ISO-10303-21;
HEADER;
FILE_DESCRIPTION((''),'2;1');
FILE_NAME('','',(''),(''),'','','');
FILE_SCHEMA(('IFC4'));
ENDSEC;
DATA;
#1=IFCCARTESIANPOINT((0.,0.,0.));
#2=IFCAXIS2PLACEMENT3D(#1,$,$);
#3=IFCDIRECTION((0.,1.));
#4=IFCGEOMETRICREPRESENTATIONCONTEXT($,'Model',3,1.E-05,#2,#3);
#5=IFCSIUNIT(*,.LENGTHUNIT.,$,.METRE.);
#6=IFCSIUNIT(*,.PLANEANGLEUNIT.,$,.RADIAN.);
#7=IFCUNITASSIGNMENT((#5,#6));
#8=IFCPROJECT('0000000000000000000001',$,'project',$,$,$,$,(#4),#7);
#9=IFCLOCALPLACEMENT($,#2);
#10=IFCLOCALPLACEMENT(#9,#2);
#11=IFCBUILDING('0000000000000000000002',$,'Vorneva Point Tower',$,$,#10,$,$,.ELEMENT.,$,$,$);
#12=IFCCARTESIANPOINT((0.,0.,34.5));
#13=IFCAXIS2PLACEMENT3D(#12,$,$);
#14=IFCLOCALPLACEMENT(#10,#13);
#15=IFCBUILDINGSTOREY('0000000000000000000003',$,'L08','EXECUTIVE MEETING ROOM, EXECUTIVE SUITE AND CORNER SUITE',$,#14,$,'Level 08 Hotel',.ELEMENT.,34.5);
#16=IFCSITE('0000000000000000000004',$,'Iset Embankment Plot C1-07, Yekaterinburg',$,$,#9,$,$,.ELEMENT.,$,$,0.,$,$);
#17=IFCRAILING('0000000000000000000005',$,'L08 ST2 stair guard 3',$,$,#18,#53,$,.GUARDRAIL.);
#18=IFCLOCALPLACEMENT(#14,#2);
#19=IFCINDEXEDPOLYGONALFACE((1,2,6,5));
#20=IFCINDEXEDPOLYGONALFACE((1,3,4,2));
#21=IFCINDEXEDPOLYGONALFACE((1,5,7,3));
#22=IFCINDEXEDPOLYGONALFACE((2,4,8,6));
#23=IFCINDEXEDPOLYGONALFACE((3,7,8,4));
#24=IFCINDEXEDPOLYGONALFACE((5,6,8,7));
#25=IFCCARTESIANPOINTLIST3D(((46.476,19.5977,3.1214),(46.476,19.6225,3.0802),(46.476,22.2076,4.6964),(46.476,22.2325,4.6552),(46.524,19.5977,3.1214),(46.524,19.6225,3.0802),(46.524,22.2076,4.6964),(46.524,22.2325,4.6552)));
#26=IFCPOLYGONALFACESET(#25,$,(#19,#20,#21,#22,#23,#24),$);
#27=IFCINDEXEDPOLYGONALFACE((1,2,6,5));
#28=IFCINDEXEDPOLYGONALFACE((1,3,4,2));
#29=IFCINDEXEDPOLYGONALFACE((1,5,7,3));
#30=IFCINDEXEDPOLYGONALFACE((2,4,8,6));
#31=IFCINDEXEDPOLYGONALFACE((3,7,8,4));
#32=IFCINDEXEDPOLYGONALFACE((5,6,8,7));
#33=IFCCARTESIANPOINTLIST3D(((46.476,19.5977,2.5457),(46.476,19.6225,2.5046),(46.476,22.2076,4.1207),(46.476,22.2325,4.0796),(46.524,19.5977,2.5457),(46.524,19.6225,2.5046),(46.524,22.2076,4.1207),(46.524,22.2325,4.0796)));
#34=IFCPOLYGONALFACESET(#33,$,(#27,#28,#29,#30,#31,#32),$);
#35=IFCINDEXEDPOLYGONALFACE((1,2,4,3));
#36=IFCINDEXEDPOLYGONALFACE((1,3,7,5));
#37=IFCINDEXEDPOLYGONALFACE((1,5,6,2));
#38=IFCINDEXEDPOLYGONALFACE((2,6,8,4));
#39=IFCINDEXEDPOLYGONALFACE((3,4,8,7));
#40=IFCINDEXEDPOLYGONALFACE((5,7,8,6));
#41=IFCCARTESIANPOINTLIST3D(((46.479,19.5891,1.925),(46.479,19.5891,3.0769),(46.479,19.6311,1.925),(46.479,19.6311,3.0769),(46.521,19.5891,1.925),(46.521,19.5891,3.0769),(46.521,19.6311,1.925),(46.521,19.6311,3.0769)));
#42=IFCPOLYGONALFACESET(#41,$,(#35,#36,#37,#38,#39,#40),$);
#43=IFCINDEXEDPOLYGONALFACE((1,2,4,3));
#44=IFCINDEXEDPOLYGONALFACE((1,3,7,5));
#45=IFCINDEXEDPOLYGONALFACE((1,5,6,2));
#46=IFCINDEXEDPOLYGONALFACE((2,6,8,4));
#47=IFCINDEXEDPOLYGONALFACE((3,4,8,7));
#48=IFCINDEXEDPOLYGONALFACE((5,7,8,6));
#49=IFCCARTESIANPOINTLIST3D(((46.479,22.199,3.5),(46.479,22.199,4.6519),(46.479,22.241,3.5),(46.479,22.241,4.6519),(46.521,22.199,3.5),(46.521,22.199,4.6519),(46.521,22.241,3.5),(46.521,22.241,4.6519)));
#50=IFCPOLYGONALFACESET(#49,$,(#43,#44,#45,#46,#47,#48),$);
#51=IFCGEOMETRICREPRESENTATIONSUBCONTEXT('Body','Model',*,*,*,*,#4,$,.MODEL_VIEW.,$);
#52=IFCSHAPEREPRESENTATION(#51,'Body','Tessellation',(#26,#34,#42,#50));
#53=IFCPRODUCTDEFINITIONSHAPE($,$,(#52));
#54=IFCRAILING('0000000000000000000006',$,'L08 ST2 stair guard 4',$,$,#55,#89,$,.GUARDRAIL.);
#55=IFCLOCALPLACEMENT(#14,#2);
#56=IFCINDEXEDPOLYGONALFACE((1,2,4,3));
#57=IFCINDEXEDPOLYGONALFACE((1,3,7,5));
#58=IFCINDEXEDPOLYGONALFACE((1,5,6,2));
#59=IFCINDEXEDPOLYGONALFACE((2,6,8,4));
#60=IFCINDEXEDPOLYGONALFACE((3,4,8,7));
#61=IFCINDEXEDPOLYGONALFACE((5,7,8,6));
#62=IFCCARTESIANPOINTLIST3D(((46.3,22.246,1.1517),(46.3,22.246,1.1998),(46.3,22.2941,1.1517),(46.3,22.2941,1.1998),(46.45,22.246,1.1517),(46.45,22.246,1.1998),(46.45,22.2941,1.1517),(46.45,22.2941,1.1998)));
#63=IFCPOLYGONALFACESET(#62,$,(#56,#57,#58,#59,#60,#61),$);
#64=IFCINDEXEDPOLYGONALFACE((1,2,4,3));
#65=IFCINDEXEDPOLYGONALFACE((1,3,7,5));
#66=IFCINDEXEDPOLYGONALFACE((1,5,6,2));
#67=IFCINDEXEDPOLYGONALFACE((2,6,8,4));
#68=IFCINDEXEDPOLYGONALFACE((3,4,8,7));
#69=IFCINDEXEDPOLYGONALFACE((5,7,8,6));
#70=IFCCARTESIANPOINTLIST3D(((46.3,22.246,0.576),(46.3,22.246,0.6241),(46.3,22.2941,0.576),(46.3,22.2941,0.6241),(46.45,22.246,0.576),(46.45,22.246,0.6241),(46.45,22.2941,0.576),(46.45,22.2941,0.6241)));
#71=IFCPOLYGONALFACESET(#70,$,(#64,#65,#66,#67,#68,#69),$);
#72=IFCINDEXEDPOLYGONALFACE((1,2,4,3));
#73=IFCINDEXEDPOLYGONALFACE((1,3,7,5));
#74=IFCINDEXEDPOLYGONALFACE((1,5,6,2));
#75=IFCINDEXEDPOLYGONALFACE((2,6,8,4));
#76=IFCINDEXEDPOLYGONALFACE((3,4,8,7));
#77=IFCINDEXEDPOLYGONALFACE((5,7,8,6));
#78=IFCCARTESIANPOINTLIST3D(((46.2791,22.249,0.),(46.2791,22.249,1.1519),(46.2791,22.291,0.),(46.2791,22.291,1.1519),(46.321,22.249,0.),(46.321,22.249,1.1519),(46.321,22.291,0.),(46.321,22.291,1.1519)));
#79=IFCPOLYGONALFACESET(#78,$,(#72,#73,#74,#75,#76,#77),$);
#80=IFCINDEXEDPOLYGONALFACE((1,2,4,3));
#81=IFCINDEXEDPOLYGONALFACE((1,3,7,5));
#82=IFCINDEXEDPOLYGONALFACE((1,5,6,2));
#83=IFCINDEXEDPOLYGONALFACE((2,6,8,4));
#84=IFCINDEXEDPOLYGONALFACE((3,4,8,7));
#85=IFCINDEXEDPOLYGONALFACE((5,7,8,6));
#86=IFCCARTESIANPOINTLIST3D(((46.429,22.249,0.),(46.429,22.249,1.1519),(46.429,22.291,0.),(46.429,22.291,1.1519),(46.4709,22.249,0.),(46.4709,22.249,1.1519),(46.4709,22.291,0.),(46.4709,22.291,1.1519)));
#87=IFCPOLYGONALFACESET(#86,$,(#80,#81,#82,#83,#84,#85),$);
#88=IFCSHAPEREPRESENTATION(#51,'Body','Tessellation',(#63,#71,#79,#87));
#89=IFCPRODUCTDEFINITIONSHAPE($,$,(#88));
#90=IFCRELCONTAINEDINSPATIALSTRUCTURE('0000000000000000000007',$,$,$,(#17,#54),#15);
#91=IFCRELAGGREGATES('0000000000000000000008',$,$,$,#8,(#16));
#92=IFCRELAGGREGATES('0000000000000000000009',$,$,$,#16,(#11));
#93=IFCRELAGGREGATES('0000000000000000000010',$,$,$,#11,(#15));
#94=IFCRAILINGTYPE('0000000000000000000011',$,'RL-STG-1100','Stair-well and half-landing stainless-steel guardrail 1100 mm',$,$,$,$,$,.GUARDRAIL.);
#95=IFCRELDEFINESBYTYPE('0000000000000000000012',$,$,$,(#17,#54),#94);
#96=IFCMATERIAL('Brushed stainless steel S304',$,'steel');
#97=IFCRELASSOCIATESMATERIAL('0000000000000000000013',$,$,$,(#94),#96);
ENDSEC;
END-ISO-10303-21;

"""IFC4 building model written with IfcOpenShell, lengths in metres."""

from ifc_helpers import new_model, si_unit, direction, frame, origin, origin_2d, place, context, subcontext, project, spatial, rectangle, extrude, material, type_object, element, save


model = new_model("IFC4")

# Units and contexts
model_context = context("Model", 3, precision=1e-05, world=origin(), true_north=direction((0.0, 1.0)))
body_context = subcontext(model_context, "Body", "Model", "MODEL_VIEW")
ifc_project = project(units=[si_unit("LENGTHUNIT", "METRE"), si_unit("PLANEANGLEUNIT", "RADIAN")], contexts=[model_context])

# Site, building, storey
site_placement = place(None, origin())
site = spatial("IfcSite", under=ifc_project, at=site_placement, Name="Iset Embankment Plot C1-07, Yekaterinburg", CompositionType="ELEMENT", RefElevation=0.0)
building_placement = place(site_placement, origin())
building = spatial("IfcBuilding", under=site, at=building_placement, Name="Vorneva Point Tower", CompositionType="ELEMENT")
storey_placement = place(building_placement, frame((0.0, 0.0, 34.5)))
storey = spatial("IfcBuildingStorey", under=building, at=storey_placement, Name="L08", Description="EXECUTIVE MEETING ROOM, EXECUTIVE SUITE AND CORNER SUITE", LongName="Level 08 Hotel", CompositionType="ELEMENT", Elevation=34.5)

# Railings
ifc_material_1 = material(Name="Brushed stainless steel S304", Category="steel")
railing_type_1 = type_object("IfcRailingType", Name="RL-STG-1100", Description="Stair-well and half-landing stainless-steel guardrail 1100 mm", PredefinedType="GUARDRAIL", material=ifc_material_1)
railing_1_placement = place(storey_placement, frame((46.5, 19.6101, 1.925)))
element("IfcRailing", 1, at=railing_1_placement, inside=storey, type_object=railing_type_1, Name="L08 ST2 stair guard 3", PredefinedType="GUARDRAIL", context=body_context, shape_type="SweptSolid", body=[
    extrude(rectangle(XDim=0.0481, YDim=0.0481, at=origin_2d()), frame((0.0, 0.0, 1.1758), z_axis=(0.0, 0.856183, 0.516673), x_axis=(-1.0, 0.0, 0.0)), (0.0, 0.0, 1.0), 3.0483),
    extrude(rectangle(XDim=0.0481, YDim=0.0481, at=origin_2d()), frame((0.0, 0.0, 0.6001), z_axis=(0.0, 0.856183, 0.516673), x_axis=(-1.0, 0.0, 0.0)), (0.0, 0.0, 1.0), 3.0483),
    extrude(rectangle(XDim=0.042, YDim=0.042, at=origin_2d()), origin(), (0.0, 0.0, 1.0), 1.1519),
    extrude(rectangle(XDim=0.042, YDim=0.042, at=origin_2d()), frame((0.0, 2.6099, 1.575)), (0.0, 0.0, 1.0), 1.1519),
])
railing_2_placement = place(storey_placement, frame((46.3, 22.27, 0.0)))
element("IfcRailing", 2, at=railing_2_placement, inside=storey, type_object=railing_type_1, Name="L08 ST2 stair guard 4", PredefinedType="GUARDRAIL", context=body_context, shape_type="SweptSolid", body=[
    extrude(rectangle(XDim=0.0481, YDim=0.0481, at=origin_2d()), frame((0.0, 0.0, 1.1758), z_axis=(1.0, 0.0, 0.0), x_axis=(0.0, 1.0, 0.0)), (0.0, 0.0, 1.0), 0.1499),
    extrude(rectangle(XDim=0.0481, YDim=0.0481, at=origin_2d()), frame((0.0, 0.0, 0.6001), z_axis=(1.0, 0.0, 0.0), x_axis=(0.0, 1.0, 0.0)), (0.0, 0.0, 1.0), 0.1499),
    extrude(rectangle(XDim=0.042, YDim=0.042, at=origin_2d()), origin(), (0.0, 0.0, 1.0), 1.1519),
    extrude(rectangle(XDim=0.042, YDim=0.042, at=origin_2d()), frame((0.1499, 0.0, 0.0)), (0.0, 0.0, 1.0), 1.1519),
])

save(model, "model.ifc")
